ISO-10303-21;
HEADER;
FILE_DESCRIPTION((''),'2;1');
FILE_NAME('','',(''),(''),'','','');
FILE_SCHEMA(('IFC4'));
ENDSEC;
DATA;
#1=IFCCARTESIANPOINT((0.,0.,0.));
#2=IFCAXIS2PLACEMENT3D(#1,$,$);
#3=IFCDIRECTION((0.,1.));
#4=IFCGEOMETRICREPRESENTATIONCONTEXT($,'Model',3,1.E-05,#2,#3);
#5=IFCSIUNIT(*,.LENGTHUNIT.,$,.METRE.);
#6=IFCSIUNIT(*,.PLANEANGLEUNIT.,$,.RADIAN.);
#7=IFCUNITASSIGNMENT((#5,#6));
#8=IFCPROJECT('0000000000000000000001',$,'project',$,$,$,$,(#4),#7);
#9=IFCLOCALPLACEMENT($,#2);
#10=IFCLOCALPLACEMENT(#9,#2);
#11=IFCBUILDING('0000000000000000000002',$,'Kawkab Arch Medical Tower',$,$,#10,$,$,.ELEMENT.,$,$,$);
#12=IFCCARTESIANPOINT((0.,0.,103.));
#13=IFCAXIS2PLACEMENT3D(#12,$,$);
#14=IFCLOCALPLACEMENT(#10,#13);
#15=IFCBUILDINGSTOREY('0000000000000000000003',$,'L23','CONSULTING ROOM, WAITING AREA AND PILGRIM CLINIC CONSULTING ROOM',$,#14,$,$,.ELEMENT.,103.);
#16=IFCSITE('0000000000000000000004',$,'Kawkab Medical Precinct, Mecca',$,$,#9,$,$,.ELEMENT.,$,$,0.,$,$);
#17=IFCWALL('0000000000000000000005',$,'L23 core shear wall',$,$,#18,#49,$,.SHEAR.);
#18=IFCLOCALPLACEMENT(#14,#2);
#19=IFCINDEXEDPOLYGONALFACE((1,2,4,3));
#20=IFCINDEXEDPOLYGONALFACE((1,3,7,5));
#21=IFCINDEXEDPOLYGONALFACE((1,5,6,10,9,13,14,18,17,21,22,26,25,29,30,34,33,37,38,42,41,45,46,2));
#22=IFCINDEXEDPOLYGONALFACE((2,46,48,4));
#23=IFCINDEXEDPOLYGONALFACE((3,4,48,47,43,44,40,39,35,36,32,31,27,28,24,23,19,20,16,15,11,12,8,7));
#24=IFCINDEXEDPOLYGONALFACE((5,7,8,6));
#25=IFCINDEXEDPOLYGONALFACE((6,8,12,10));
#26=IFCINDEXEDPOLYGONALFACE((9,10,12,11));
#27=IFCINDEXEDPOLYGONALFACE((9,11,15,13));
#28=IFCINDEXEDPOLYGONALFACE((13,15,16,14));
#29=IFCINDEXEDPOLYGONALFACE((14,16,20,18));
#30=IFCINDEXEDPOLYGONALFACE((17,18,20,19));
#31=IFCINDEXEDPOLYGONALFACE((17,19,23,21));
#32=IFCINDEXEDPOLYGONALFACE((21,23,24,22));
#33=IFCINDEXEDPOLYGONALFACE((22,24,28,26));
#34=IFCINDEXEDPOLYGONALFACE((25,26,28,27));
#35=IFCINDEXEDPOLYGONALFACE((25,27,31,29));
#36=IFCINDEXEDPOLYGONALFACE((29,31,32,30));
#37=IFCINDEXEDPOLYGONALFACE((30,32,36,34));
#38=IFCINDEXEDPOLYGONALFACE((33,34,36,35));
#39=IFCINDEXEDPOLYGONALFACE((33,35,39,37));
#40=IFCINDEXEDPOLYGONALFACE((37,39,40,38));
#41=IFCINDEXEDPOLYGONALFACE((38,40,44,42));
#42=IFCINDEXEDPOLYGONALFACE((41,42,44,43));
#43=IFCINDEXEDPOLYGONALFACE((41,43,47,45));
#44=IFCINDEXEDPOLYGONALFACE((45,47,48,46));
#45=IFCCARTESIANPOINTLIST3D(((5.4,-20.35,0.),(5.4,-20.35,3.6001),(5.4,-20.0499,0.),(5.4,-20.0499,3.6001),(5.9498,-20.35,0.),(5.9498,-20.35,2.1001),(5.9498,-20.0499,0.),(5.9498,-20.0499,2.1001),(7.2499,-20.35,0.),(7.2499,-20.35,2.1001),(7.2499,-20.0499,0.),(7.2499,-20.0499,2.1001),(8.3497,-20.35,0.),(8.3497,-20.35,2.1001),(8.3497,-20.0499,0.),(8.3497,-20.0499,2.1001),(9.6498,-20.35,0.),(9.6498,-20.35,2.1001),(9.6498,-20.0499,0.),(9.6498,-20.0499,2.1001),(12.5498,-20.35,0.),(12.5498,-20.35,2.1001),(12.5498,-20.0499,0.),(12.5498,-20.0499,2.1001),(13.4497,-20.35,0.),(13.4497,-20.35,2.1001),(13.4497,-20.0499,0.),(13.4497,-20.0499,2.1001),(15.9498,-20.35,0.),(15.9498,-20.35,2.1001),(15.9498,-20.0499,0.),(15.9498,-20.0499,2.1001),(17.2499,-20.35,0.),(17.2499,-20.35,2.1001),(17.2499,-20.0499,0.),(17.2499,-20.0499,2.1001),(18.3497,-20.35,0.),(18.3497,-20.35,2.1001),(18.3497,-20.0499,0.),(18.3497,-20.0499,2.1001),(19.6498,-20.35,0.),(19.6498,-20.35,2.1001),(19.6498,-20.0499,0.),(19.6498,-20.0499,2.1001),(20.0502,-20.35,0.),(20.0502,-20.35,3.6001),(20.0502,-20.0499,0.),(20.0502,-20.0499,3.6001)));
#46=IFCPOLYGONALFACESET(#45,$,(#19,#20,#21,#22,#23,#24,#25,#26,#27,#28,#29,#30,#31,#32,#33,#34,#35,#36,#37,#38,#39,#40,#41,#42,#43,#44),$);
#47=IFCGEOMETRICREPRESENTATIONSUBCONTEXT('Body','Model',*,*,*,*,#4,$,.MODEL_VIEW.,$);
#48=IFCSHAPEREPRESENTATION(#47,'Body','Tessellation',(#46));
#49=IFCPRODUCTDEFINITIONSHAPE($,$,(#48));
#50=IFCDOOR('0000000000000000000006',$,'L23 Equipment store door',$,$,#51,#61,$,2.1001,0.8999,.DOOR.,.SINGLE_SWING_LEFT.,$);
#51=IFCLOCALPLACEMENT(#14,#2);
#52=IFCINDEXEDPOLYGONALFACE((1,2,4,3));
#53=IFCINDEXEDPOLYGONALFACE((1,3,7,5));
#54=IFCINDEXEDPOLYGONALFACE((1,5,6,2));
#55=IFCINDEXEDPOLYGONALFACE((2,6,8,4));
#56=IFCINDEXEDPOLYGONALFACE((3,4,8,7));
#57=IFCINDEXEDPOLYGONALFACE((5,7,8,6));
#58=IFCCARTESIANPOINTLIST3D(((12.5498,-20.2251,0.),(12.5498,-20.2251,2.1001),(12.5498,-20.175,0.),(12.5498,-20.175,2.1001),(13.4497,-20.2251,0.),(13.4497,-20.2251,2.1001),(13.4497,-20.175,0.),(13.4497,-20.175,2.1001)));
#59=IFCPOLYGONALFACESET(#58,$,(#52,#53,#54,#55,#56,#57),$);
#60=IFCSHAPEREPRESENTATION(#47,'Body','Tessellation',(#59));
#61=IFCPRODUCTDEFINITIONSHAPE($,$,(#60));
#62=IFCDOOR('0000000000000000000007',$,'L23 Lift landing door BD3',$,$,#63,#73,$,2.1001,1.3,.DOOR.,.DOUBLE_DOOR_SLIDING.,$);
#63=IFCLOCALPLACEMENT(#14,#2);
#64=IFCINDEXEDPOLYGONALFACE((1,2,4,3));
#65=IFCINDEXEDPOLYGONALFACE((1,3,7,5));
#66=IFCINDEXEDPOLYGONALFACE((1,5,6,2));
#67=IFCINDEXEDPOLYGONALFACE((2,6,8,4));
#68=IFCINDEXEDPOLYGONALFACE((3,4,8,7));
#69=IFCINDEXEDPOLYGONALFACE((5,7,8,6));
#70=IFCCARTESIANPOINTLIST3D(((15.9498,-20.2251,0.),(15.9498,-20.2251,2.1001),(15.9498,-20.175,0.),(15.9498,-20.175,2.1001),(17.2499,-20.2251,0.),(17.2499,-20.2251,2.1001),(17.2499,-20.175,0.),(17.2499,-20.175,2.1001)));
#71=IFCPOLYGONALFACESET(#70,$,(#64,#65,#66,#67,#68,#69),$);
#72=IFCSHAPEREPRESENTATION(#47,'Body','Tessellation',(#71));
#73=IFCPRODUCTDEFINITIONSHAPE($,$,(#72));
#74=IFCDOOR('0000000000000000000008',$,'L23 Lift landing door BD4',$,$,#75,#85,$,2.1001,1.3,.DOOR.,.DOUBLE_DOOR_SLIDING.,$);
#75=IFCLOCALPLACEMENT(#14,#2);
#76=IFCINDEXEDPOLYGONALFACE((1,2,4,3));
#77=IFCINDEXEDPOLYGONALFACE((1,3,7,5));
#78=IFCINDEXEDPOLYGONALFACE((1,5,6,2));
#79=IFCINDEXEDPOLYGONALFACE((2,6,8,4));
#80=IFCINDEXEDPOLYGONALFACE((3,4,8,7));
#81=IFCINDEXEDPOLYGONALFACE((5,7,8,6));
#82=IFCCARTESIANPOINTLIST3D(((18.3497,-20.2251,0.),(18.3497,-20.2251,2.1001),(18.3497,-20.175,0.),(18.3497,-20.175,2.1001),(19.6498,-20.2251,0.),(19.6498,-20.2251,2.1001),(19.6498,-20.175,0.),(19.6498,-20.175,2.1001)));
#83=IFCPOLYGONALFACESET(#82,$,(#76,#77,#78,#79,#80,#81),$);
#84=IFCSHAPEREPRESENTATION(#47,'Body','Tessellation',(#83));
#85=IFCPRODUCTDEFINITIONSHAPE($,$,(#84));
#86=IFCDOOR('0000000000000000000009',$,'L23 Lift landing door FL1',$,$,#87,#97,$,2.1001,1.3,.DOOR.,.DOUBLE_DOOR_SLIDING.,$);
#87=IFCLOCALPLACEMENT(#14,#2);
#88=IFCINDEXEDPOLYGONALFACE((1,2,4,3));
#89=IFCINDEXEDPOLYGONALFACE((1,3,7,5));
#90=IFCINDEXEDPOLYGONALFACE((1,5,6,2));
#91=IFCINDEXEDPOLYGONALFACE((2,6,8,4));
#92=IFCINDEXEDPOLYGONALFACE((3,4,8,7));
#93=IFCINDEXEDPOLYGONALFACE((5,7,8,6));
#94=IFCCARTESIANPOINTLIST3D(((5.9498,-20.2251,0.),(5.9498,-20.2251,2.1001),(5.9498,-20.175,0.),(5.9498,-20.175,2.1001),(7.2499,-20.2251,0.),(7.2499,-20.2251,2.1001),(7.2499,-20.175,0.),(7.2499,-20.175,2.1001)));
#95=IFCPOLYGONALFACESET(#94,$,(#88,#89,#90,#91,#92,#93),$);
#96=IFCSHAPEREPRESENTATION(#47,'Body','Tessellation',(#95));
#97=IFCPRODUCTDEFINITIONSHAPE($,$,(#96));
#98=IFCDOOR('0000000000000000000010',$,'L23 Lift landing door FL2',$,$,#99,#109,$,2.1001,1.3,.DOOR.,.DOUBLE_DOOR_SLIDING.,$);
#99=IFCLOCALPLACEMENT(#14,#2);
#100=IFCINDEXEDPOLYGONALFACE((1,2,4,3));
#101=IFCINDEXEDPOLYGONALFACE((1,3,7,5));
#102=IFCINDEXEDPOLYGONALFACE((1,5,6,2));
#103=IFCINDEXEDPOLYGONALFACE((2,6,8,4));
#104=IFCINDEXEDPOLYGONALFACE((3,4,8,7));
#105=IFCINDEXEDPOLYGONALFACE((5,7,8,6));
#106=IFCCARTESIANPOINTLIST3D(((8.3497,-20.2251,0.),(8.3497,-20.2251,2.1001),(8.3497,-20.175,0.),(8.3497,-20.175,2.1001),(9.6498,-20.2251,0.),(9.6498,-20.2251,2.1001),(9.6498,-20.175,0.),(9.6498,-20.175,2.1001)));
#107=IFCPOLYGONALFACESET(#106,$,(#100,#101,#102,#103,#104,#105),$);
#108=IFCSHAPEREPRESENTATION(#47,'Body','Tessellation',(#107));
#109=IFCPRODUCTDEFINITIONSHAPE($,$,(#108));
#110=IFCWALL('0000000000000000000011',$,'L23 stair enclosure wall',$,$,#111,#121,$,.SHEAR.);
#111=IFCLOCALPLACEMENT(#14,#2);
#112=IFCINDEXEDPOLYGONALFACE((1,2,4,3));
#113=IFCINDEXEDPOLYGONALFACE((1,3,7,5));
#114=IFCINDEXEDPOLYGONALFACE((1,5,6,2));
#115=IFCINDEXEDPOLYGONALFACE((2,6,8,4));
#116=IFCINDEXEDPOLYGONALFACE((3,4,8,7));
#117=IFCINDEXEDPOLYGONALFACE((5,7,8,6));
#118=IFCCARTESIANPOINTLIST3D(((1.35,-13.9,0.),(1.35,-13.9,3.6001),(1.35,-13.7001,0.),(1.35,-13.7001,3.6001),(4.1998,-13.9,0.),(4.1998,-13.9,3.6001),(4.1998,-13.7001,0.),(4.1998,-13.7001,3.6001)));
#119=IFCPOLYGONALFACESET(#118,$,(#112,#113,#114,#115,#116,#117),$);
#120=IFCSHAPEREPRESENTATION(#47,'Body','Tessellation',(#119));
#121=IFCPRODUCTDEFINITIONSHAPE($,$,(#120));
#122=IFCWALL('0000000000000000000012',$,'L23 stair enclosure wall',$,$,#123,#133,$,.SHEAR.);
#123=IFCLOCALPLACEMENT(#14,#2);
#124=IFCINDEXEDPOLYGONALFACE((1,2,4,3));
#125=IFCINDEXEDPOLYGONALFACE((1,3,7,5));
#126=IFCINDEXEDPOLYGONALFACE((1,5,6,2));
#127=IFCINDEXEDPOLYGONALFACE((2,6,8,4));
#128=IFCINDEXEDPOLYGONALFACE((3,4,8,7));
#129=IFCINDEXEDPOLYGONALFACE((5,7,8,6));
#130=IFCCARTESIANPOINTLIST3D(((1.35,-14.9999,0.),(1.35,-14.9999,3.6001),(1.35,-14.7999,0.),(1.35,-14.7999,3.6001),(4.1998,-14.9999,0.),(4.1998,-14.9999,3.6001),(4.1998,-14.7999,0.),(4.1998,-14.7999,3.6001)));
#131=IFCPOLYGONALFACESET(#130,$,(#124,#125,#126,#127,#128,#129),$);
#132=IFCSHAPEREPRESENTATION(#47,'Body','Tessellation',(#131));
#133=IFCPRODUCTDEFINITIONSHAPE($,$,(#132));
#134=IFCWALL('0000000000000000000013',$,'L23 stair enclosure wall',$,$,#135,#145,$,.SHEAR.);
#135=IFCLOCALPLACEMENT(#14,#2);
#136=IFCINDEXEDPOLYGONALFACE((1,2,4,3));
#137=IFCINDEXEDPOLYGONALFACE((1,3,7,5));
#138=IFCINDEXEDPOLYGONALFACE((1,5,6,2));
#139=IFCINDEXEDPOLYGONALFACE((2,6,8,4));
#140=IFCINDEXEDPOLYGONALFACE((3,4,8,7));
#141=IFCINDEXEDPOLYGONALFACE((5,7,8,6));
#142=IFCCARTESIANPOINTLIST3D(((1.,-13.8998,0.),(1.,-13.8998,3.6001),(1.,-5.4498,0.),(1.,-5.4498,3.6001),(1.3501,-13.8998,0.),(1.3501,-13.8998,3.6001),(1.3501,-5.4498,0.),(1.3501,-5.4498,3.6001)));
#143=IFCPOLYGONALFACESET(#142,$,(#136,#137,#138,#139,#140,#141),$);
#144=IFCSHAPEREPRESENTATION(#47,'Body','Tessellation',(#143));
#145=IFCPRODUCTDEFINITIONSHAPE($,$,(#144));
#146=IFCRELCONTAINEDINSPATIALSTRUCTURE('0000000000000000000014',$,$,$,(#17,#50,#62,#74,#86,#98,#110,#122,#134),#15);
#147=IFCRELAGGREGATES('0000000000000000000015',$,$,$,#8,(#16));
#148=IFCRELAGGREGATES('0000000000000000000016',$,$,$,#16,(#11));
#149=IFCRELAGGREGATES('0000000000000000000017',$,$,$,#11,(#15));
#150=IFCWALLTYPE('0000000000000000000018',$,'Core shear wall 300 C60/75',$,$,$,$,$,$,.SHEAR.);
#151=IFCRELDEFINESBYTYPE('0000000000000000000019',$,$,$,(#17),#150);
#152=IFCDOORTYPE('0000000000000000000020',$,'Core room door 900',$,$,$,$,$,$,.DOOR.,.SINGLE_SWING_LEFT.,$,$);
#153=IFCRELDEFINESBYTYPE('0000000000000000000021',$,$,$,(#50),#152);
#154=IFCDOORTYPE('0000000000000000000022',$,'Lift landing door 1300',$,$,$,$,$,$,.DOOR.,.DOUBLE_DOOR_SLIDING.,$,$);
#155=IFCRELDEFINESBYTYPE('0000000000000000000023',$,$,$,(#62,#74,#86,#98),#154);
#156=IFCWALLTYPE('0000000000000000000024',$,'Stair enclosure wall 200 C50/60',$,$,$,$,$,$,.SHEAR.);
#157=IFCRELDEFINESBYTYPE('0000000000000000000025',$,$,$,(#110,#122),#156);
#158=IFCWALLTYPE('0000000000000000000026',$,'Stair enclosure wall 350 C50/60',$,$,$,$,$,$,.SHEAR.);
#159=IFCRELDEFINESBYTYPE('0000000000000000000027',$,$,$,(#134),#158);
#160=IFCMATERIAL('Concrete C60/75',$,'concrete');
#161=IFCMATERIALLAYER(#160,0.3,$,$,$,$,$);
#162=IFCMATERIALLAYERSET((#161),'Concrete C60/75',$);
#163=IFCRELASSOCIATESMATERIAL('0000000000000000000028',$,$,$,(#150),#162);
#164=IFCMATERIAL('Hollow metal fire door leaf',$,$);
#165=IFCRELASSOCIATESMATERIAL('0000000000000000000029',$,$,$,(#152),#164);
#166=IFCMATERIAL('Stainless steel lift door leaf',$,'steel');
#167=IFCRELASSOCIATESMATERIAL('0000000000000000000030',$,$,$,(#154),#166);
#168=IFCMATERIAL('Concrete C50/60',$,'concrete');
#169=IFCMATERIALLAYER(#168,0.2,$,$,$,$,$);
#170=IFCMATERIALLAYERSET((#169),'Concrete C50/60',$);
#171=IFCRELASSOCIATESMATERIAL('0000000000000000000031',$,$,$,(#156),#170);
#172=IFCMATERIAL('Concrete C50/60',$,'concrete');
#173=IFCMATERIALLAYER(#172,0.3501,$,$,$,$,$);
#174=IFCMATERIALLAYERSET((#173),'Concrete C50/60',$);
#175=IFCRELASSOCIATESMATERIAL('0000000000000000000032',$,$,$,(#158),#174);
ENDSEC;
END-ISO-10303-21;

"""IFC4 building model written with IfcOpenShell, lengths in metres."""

from ifc_helpers import new_model, si_unit, direction, frame, frame_2d, origin, place, context, subcontext, project, spatial, rectangle, extrude, material, layer, layer_set, type_object, element, fill, save


model = new_model("IFC4")

# Units and contexts
model_context = context("Model", 3, precision=1e-05, world=origin(), true_north=direction((0.0, 1.0)))
body_context = subcontext(model_context, "Body", "Model", "MODEL_VIEW")
ifc_project = project(units=[si_unit("LENGTHUNIT", "METRE"), si_unit("PLANEANGLEUNIT", "RADIAN")], contexts=[model_context])

# Site, building, storey
site_placement = place(None, origin())
site = spatial("IfcSite", under=ifc_project, at=site_placement, Name="Kawkab Medical Precinct, Mecca", CompositionType="ELEMENT", RefElevation=0.0)
building_placement = place(site_placement, origin())
building = spatial("IfcBuilding", under=site, at=building_placement, Name="Kawkab Arch Medical Tower", CompositionType="ELEMENT")
storey_placement = place(building_placement, frame((0.0, 0.0, 103.0)))
storey = spatial("IfcBuildingStorey", under=building, at=storey_placement, Name="L23", Description="CONSULTING ROOM, WAITING AREA AND PILGRIM CLINIC CONSULTING ROOM", CompositionType="ELEMENT", Elevation=103.0)

# Wall, openings, doors
ifc_material_1 = material(Name="Concrete C60/75", Category="concrete")
ifc_layer_1 = layer(ifc_material_1, 0.3)
ifc_layer_set_1 = layer_set([ifc_layer_1], Name="Concrete C60/75")
wall_type_1 = type_object("IfcWallType", Name="Core shear wall 300 C60/75", PredefinedType="SHEAR", material=ifc_layer_set_1)
wall_1_placement = place(storey_placement, frame((5.3999, -20.2, 0.0), z_axis=(0.0, 0.0, 1.0), x_axis=(1.0, 0.0, 0.0)))
wall_1 = element("IfcWall", 1, at=wall_1_placement, inside=storey, type_object=wall_type_1, Name="L23 core shear wall", PredefinedType="SHEAR", context=body_context, shape_type="SweptSolid", body=[
    extrude(rectangle(XDim=14.6501, YDim=0.3, at=frame_2d((7.3252, 0.0))), origin(), (0.0, 0.0, 1.0), 3.6001),
])
opening_1_placement = place(wall_1_placement, frame((10.55, 0.0, 0.0)))
opening_1 = element("IfcOpeningElement", 2, at=opening_1_placement, cuts=wall_1, PredefinedType="OPENING", context=body_context, shape_type="SweptSolid", body=[
    extrude(rectangle(XDim=1.3, YDim=2.1001, at=frame_2d((0.6499, 1.05))), frame((0.0, 0.1599, 0.0), z_axis=(0.0, -1.0, 0.0), x_axis=(1.0, 0.0, 0.0)), (0.0, 0.0, 1.0), 0.3201),
])
opening_2_placement = place(wall_1_placement, frame((12.95, 0.0, 0.0)))
opening_2 = element("IfcOpeningElement", 3, at=opening_2_placement, cuts=wall_1, PredefinedType="OPENING", context=body_context, shape_type="SweptSolid", body=[
    extrude(rectangle(XDim=1.3, YDim=2.1001, at=frame_2d((0.6499, 1.05))), frame((0.0, 0.1599, 0.0), z_axis=(0.0, -1.0, 0.0), x_axis=(1.0, 0.0, 0.0)), (0.0, 0.0, 1.0), 0.3201),
])
opening_3_placement = place(wall_1_placement, frame((0.55, 0.0, 0.0)))
opening_3 = element("IfcOpeningElement", 4, at=opening_3_placement, cuts=wall_1, PredefinedType="OPENING", context=body_context, shape_type="SweptSolid", body=[
    extrude(rectangle(XDim=1.3, YDim=2.1001, at=frame_2d((0.6499, 1.05))), frame((0.0, 0.1599, 0.0), z_axis=(0.0, -1.0, 0.0), x_axis=(1.0, 0.0, 0.0)), (0.0, 0.0, 1.0), 0.3201),
])
opening_4_placement = place(wall_1_placement, frame((2.95, 0.0, 0.0)))
opening_4 = element("IfcOpeningElement", 5, at=opening_4_placement, cuts=wall_1, PredefinedType="OPENING", context=body_context, shape_type="SweptSolid", body=[
    extrude(rectangle(XDim=1.3, YDim=2.1001, at=frame_2d((0.6499, 1.05))), frame((0.0, 0.1599, 0.0), z_axis=(0.0, -1.0, 0.0), x_axis=(1.0, 0.0, 0.0)), (0.0, 0.0, 1.0), 0.3201),
])
opening_5_placement = place(wall_1_placement, frame((7.1499, 0.0, 0.0)))
opening_5 = element("IfcOpeningElement", 6, at=opening_5_placement, cuts=wall_1, PredefinedType="OPENING", context=body_context, shape_type="SweptSolid", body=[
    extrude(rectangle(XDim=0.8999, YDim=2.1001, at=frame_2d((0.45, 1.05))), frame((0.0, 0.1599, 0.0), z_axis=(0.0, -1.0, 0.0), x_axis=(1.0, 0.0, 0.0)), (0.0, 0.0, 1.0), 0.3201),
])
ifc_material_2 = material(Name="Hollow metal fire door leaf")
door_type_1 = type_object("IfcDoorType", Name="Core room door 900", OperationType="SINGLE_SWING_LEFT", PredefinedType="DOOR", material=ifc_material_2)
door_1_placement = place(opening_5_placement, origin())
door_1 = element("IfcDoor", 7, at=door_1_placement, inside=storey, type_object=door_type_1, Name="L23 Equipment store door", OperationType="SINGLE_SWING_LEFT", OverallHeight=2.1001, OverallWidth=0.8999, PredefinedType="DOOR", context=body_context, shape_type="SweptSolid", body=[
    extrude(rectangle(XDim=0.8999, YDim=2.1001, at=frame_2d((0.45, 1.05))), frame((0.0, 0.0249, 0.0), z_axis=(0.0, -1.0, 0.0), x_axis=(1.0, 0.0, 0.0)), (0.0, 0.0, 1.0), 0.05),
])
fill(opening_5, door_1)
ifc_material_3 = material(Name="Stainless steel lift door leaf", Category="steel")
door_type_2 = type_object("IfcDoorType", Name="Lift landing door 1300", OperationType="DOUBLE_DOOR_SLIDING", PredefinedType="DOOR", material=ifc_material_3)
door_2_placement = place(opening_1_placement, origin())
door_2 = element("IfcDoor", 8, at=door_2_placement, inside=storey, type_object=door_type_2, Name="L23 Lift landing door BD3", OperationType="DOUBLE_DOOR_SLIDING", OverallHeight=2.1001, OverallWidth=1.3, PredefinedType="DOOR", context=body_context, shape_type="SweptSolid", body=[
    extrude(rectangle(XDim=1.3, YDim=2.1001, at=frame_2d((0.6499, 1.05))), frame((0.0, 0.0249, 0.0), z_axis=(0.0, -1.0, 0.0), x_axis=(1.0, 0.0, 0.0)), (0.0, 0.0, 1.0), 0.05),
])
fill(opening_1, door_2)
door_3_placement = place(opening_2_placement, origin())
door_3 = element("IfcDoor", 9, at=door_3_placement, inside=storey, type_object=door_type_2, Name="L23 Lift landing door BD4", OperationType="DOUBLE_DOOR_SLIDING", OverallHeight=2.1001, OverallWidth=1.3, PredefinedType="DOOR", context=body_context, shape_type="SweptSolid", body=[
    extrude(rectangle(XDim=1.3, YDim=2.1001, at=frame_2d((0.6499, 1.05))), frame((0.0, 0.0249, 0.0), z_axis=(0.0, -1.0, 0.0), x_axis=(1.0, 0.0, 0.0)), (0.0, 0.0, 1.0), 0.05),
])
fill(opening_2, door_3)
door_4_placement = place(opening_3_placement, origin())
door_4 = element("IfcDoor", 10, at=door_4_placement, inside=storey, type_object=door_type_2, Name="L23 Lift landing door FL1", OperationType="DOUBLE_DOOR_SLIDING", OverallHeight=2.1001, OverallWidth=1.3, PredefinedType="DOOR", context=body_context, shape_type="SweptSolid", body=[
    extrude(rectangle(XDim=1.3, YDim=2.1001, at=frame_2d((0.6499, 1.05))), frame((0.0, 0.0249, 0.0), z_axis=(0.0, -1.0, 0.0), x_axis=(1.0, 0.0, 0.0)), (0.0, 0.0, 1.0), 0.05),
])
fill(opening_3, door_4)
door_5_placement = place(opening_4_placement, origin())
door_5 = element("IfcDoor", 11, at=door_5_placement, inside=storey, type_object=door_type_2, Name="L23 Lift landing door FL2", OperationType="DOUBLE_DOOR_SLIDING", OverallHeight=2.1001, OverallWidth=1.3, PredefinedType="DOOR", context=body_context, shape_type="SweptSolid", body=[
    extrude(rectangle(XDim=1.3, YDim=2.1001, at=frame_2d((0.6499, 1.05))), frame((0.0, 0.0249, 0.0), z_axis=(0.0, -1.0, 0.0), x_axis=(1.0, 0.0, 0.0)), (0.0, 0.0, 1.0), 0.05),
])
fill(opening_4, door_5)

# Walls
ifc_material_4 = material(Name="Concrete C50/60", Category="concrete")
ifc_layer_2 = layer(ifc_material_4, 0.2)
ifc_layer_set_2 = layer_set([ifc_layer_2], Name="Concrete C50/60")
wall_type_2 = type_object("IfcWallType", Name="Stair enclosure wall 200 C50/60", PredefinedType="SHEAR", material=ifc_layer_set_2)
for number, where, z_axis, x_axis, name in (
    (12, (1.3501, -13.8, 0.0), (0.0, 0.0, 1.0), (1.0, 0.0, 0.0), "L23 stair enclosure wall"),
    (13, (1.3501, -14.8999, 0.0), (0.0, 0.0, 1.0), (1.0, 0.0, 0.0), "L23 stair enclosure wall"),
):
    element("IfcWall", number, at=place(storey_placement, frame(where, z_axis=z_axis, x_axis=x_axis)), inside=storey, type_object=wall_type_2, Name=name, PredefinedType="SHEAR", context=body_context, shape_type="SweptSolid", body=[
        extrude(rectangle(XDim=2.8499, YDim=0.2, at=frame_2d((1.4248, 0.0))), origin(), (0.0, 0.0, 1.0), 3.6001),
    ])
ifc_material_5 = material(Name="Concrete C50/60", Category="concrete")
ifc_layer_3 = layer(ifc_material_5, 0.3501)
ifc_layer_set_3 = layer_set([ifc_layer_3], Name="Concrete C50/60")
wall_type_3 = type_object("IfcWallType", Name="Stair enclosure wall 350 C50/60", PredefinedType="SHEAR", material=ifc_layer_set_3)
wall_2_placement = place(storey_placement, frame((1.175, -13.8999, 0.0), z_axis=(0.0, 0.0, 1.0), x_axis=(0.0, 1.0, 0.0)))
element("IfcWall", 14, at=wall_2_placement, inside=storey, type_object=wall_type_3, Name="L23 stair enclosure wall", PredefinedType="SHEAR", context=body_context, shape_type="SweptSolid", body=[
    extrude(rectangle(XDim=8.45, YDim=0.3501, at=frame_2d((4.2251, 0.0))), origin(), (0.0, 0.0, 1.0), 3.6001),
])

save(model, "model.ifc")
